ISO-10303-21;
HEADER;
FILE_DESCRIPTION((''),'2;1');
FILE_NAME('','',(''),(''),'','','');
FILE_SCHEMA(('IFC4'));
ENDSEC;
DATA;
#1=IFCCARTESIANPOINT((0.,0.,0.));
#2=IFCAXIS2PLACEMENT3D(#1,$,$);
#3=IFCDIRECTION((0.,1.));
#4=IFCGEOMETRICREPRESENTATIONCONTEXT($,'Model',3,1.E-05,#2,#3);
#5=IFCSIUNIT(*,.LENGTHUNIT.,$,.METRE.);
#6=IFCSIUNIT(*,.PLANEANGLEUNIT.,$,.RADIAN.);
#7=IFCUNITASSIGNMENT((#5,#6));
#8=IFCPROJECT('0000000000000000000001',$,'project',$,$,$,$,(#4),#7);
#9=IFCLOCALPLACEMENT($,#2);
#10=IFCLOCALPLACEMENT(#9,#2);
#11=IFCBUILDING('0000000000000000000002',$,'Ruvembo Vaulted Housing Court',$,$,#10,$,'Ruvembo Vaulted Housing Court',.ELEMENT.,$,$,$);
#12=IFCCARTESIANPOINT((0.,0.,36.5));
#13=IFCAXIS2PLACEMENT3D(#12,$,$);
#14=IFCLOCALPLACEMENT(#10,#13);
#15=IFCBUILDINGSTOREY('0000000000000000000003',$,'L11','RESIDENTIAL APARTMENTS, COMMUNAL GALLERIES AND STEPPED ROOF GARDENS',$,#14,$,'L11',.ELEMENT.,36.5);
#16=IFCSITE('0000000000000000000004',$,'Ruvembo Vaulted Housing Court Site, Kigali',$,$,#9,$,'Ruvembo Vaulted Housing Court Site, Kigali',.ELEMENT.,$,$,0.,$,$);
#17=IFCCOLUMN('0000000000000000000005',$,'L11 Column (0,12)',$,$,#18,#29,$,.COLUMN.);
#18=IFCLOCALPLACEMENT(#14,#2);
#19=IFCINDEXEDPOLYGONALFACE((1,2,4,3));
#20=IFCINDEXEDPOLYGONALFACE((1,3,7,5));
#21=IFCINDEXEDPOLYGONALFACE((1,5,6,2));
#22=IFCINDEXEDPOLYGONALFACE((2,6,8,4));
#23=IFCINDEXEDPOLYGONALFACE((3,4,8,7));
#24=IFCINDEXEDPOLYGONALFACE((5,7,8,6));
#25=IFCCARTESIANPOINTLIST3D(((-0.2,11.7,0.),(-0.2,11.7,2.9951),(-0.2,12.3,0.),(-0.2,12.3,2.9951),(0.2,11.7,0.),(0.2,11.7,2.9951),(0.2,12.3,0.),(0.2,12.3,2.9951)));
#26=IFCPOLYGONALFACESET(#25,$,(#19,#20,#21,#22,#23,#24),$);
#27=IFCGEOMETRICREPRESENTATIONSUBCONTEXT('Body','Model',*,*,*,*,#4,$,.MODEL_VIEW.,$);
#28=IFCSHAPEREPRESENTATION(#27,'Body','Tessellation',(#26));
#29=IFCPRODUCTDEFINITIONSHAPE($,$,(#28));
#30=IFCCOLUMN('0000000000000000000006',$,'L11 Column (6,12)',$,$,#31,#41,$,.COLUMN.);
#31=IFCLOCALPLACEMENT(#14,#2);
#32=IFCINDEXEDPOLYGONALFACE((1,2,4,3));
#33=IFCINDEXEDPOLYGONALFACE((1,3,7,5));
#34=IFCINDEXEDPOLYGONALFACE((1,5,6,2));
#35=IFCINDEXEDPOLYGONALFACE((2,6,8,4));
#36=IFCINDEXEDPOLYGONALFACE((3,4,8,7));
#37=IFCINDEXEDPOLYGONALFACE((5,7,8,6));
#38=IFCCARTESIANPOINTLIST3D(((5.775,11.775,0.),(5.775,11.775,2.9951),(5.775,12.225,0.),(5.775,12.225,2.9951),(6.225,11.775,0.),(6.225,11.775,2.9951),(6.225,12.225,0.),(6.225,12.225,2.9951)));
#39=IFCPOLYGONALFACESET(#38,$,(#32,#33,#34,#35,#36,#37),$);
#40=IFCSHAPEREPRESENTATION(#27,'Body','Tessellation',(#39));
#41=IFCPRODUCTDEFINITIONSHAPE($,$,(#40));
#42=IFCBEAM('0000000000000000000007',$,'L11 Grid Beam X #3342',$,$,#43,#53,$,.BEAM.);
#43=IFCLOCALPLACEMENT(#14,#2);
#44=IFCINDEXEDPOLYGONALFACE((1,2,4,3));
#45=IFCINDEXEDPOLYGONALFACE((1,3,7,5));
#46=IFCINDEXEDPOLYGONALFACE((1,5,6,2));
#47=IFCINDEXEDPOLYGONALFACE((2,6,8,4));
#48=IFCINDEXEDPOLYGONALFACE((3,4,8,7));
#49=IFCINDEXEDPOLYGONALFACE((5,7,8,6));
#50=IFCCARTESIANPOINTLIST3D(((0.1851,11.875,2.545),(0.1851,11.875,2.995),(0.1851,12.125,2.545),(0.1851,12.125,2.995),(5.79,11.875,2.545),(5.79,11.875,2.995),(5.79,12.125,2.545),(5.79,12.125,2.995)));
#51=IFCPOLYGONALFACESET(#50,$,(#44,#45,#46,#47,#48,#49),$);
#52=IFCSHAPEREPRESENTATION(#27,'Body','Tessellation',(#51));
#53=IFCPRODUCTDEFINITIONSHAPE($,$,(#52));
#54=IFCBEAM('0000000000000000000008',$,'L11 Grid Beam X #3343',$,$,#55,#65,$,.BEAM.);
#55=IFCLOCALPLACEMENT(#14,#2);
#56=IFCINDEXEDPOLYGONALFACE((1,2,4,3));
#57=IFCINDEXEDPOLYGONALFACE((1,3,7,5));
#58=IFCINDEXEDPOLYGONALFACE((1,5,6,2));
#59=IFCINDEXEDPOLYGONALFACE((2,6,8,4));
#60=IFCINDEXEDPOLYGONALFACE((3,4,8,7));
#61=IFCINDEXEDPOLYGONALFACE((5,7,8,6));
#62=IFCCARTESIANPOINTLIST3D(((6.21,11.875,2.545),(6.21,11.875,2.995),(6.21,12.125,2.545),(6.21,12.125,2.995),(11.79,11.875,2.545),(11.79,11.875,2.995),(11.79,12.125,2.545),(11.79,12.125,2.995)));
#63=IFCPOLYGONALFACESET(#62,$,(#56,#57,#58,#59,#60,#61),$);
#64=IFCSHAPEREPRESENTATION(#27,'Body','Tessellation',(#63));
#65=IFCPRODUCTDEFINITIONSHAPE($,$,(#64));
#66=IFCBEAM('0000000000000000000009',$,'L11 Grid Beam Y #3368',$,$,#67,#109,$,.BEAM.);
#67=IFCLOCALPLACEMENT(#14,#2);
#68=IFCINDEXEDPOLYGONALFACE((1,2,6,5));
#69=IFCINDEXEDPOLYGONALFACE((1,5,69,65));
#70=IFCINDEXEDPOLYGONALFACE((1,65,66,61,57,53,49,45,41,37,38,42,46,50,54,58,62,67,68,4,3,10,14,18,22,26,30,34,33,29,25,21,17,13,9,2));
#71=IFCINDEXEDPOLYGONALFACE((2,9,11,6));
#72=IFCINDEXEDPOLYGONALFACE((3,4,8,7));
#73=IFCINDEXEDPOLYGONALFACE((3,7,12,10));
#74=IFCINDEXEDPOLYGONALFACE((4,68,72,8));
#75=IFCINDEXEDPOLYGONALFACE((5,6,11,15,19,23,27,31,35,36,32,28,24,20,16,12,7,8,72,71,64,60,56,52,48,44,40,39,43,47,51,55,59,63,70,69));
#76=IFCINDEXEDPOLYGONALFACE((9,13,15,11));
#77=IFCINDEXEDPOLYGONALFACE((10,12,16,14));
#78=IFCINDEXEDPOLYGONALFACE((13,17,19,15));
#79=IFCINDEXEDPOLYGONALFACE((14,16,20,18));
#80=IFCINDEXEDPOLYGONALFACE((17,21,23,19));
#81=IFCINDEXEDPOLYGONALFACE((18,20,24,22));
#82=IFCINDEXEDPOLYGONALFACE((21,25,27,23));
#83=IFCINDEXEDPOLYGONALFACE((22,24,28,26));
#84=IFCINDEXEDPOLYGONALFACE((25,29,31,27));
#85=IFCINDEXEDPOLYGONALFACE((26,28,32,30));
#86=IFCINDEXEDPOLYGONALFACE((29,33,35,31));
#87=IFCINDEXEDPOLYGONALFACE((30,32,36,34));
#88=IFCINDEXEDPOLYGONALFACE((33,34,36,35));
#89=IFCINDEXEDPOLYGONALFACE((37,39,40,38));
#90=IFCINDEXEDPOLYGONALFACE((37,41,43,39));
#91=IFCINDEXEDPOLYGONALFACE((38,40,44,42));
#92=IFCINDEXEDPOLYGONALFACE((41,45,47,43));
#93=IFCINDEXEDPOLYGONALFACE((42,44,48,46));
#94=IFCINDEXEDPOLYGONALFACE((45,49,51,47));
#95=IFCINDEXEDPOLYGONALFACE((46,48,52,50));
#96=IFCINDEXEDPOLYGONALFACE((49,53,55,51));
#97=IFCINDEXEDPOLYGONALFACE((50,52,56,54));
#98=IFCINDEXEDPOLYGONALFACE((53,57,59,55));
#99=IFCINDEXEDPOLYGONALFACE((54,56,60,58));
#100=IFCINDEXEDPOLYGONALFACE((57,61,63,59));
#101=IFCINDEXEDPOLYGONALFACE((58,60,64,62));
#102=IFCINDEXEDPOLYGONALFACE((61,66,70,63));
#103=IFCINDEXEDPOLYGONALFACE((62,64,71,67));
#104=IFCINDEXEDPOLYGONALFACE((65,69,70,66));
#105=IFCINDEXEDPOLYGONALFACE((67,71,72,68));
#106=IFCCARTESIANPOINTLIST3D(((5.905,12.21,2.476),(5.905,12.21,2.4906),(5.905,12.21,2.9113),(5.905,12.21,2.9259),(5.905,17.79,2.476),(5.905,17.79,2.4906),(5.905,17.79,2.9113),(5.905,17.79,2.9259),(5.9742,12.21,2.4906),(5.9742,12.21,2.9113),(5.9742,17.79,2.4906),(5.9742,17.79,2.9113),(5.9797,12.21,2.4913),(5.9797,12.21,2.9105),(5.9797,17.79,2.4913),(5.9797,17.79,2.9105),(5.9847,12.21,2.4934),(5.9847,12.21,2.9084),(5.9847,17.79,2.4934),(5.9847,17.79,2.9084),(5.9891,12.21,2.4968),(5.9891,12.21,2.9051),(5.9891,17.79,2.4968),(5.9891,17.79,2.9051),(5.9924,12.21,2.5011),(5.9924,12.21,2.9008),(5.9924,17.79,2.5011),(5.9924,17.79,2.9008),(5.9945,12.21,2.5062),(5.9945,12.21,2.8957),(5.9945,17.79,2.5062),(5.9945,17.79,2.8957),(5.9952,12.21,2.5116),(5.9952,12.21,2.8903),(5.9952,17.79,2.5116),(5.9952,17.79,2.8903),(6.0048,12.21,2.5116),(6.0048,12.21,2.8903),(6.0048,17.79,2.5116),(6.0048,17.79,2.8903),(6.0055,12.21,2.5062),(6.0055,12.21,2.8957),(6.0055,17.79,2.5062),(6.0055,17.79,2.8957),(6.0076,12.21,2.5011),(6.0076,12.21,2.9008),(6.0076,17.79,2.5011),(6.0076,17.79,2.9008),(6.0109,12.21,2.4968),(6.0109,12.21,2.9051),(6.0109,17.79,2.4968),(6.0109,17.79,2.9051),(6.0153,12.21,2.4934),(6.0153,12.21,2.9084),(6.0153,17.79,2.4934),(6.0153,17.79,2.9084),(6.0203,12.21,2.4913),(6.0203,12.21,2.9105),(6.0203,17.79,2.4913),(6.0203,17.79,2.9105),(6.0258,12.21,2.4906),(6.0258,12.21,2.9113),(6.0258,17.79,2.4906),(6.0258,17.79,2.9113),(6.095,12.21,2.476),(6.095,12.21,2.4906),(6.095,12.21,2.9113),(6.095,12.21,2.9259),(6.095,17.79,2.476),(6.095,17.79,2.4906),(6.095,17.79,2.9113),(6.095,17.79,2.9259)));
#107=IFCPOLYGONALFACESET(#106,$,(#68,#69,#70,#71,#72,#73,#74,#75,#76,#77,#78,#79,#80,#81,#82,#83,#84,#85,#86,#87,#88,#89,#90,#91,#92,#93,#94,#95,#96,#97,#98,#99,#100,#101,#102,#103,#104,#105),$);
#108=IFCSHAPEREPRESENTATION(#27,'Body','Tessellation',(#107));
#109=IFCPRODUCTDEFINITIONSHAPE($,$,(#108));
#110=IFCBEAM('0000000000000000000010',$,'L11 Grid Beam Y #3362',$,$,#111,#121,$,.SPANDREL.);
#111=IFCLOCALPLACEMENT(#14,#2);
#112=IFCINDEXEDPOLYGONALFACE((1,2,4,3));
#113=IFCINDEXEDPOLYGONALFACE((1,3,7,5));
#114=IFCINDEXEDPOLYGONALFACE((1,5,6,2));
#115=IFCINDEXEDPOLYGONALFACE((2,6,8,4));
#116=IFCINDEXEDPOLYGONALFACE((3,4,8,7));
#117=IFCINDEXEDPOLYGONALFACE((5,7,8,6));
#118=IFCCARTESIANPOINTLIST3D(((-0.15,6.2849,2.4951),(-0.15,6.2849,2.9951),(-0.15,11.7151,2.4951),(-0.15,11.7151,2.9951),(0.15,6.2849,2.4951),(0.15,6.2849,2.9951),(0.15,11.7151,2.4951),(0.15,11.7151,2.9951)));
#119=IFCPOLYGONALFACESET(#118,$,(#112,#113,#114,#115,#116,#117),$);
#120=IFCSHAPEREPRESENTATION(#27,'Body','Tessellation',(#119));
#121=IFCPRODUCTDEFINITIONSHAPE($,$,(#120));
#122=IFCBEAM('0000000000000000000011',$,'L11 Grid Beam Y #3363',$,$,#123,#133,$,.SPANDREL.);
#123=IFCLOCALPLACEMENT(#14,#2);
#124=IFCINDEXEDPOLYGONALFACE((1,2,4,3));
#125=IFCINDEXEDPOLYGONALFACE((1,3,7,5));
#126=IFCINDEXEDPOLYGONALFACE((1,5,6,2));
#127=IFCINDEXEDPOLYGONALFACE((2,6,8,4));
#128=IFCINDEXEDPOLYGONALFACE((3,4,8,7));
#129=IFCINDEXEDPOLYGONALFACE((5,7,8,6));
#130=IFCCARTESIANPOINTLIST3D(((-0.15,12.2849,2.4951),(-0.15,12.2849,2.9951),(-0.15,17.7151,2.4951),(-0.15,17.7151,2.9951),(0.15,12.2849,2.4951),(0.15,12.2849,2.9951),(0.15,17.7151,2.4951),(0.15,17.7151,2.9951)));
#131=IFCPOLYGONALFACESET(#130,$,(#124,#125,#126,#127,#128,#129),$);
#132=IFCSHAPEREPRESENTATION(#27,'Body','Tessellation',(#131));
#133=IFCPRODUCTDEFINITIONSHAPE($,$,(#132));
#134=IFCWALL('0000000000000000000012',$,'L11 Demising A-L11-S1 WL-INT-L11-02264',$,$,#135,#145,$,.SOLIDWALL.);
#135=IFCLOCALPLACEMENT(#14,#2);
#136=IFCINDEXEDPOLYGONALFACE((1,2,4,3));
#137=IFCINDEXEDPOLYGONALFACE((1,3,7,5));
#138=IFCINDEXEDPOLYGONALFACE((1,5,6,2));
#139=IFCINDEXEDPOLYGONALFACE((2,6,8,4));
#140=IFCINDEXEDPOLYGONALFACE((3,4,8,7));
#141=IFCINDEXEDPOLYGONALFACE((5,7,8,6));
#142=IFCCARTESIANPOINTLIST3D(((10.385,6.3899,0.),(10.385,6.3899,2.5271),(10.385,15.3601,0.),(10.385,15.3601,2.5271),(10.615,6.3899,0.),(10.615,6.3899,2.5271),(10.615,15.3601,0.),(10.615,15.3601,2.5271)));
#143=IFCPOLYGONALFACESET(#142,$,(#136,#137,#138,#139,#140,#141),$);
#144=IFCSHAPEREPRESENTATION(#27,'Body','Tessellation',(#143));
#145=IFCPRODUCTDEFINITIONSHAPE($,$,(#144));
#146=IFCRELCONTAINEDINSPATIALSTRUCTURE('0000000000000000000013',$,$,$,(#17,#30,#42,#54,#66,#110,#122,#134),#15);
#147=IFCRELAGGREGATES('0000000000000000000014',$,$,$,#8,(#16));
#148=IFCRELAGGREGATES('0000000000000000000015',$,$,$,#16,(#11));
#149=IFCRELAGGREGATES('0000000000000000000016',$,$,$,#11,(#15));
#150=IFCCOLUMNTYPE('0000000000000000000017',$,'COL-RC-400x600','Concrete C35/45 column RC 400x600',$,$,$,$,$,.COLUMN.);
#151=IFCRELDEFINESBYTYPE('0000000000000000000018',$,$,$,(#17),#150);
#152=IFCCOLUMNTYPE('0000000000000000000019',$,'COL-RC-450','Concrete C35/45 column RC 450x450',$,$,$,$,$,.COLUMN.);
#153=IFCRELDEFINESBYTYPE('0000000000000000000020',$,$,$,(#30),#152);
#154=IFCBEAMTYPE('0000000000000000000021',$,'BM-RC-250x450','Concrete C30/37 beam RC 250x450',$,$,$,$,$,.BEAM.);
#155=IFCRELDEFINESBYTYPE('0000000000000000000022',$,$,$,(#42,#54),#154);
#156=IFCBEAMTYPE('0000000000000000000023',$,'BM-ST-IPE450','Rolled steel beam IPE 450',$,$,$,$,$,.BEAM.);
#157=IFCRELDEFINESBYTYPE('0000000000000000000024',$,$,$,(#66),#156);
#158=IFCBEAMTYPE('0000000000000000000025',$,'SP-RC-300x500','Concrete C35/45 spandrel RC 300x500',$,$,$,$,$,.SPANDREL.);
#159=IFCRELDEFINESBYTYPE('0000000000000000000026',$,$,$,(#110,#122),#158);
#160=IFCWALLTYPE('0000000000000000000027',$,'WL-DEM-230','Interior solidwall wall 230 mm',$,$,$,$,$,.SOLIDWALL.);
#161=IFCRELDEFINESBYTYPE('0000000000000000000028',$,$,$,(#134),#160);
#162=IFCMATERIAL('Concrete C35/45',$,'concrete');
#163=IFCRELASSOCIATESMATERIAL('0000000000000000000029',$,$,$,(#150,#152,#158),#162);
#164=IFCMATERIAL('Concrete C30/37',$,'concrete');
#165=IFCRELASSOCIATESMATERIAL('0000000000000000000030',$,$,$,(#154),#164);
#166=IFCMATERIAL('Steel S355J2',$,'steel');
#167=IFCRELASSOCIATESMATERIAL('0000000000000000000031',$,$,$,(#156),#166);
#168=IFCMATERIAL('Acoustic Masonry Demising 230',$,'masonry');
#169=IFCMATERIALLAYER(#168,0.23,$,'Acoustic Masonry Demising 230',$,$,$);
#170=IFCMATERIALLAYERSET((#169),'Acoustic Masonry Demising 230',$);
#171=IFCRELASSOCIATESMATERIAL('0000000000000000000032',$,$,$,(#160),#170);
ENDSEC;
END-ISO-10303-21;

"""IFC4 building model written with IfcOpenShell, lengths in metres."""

from ifc_helpers import new_model, si_unit, direction, frame, frame_2d, origin, origin_2d, place, context, subcontext, project, spatial, rectangle, i_section, extrude, material, layer, layer_set, material_profile, profile_set, type_object, element, save


model = new_model("IFC4")

# Units and contexts
model_context = context("Model", 3, precision=1e-05, world=origin(), true_north=direction((0.0, 1.0)))
body_context = subcontext(model_context, "Body", "Model", "MODEL_VIEW")
ifc_project = project(units=[si_unit("LENGTHUNIT", "METRE"), si_unit("PLANEANGLEUNIT", "RADIAN")], contexts=[model_context])

# Site, building, storey
site_placement = place(None, origin())
site = spatial("IfcSite", under=ifc_project, at=site_placement, Name="Ruvembo Vaulted Housing Court Site, Kigali", LongName="Ruvembo Vaulted Housing Court Site, Kigali", CompositionType="ELEMENT", RefElevation=0.0)
building_placement = place(site_placement, origin())
building = spatial("IfcBuilding", under=site, at=building_placement, Name="Ruvembo Vaulted Housing Court", LongName="Ruvembo Vaulted Housing Court", CompositionType="ELEMENT")
storey_placement = place(building_placement, frame((0.0, 0.0, 36.5)))
storey = spatial("IfcBuildingStorey", under=building, at=storey_placement, Name="L11", Description="RESIDENTIAL APARTMENTS, COMMUNAL GALLERIES AND STEPPED ROOF GARDENS", LongName="L11", CompositionType="ELEMENT", Elevation=36.5)

# Columns
ifc_material_1 = material(Name="Concrete C35/45", Category="concrete")
ifc_material_profile_1 = material_profile(ifc_material_1, rectangle(XDim=0.3999, YDim=0.6001, at=origin_2d()), Name="RC 400x600")
ifc_profile_set_1 = profile_set([ifc_material_profile_1], Name="Concrete C35/45")
column_type_1 = type_object("IfcColumnType", Name="COL-RC-400x600", Description="Concrete C35/45 column RC 400x600", PredefinedType="COLUMN", material=ifc_profile_set_1)
column_1_placement = place(storey_placement, frame((0.0, 12.0, 0.0), z_axis=(0.0, 0.0, 1.0), x_axis=(1.0, 0.0, 0.0)))
element("IfcColumn", 1, at=column_1_placement, inside=storey, type_object=column_type_1, Name="L11 Column (0,12)", PredefinedType="COLUMN", context=body_context, shape_type="SweptSolid", body=[
    extrude(rectangle(XDim=0.3999, YDim=0.6001, at=origin_2d()), origin(), (0.0, 0.0, 1.0), 2.9951),
])
ifc_material_profile_2 = material_profile(ifc_material_1, rectangle(XDim=0.45, YDim=0.45, at=origin_2d()), Name="RC 450x450")
ifc_profile_set_2 = profile_set([ifc_material_profile_2], Name="Concrete C35/45")
column_type_2 = type_object("IfcColumnType", Name="COL-RC-450", Description="Concrete C35/45 column RC 450x450", PredefinedType="COLUMN", material=ifc_profile_set_2)
column_2_placement = place(storey_placement, frame((6.0, 12.0, 0.0), z_axis=(0.0, 0.0, 1.0), x_axis=(1.0, 0.0, 0.0)))
element("IfcColumn", 2, at=column_2_placement, inside=storey, type_object=column_type_2, Name="L11 Column (6,12)", PredefinedType="COLUMN", context=body_context, shape_type="SweptSolid", body=[
    extrude(rectangle(XDim=0.45, YDim=0.45, at=origin_2d()), origin(), (0.0, 0.0, 1.0), 2.9951),
])

# Beams
ifc_material_2 = material(Name="Concrete C30/37", Category="concrete")
ifc_material_profile_3 = material_profile(ifc_material_2, rectangle(XDim=0.25, YDim=0.45, at=origin_2d()), Name="RC 250x450")
ifc_profile_set_3 = profile_set([ifc_material_profile_3], Name="Concrete C30/37")
beam_type_1 = type_object("IfcBeamType", Name="BM-RC-250x450", Description="Concrete C30/37 beam RC 250x450", PredefinedType="BEAM", material=ifc_profile_set_3)
beam_1_placement = place(storey_placement, frame((0.1851, 12.0, 2.77), z_axis=(1.0, 0.0, 0.0), x_axis=(0.0, 1.0, 0.0)))
element("IfcBeam", 3, at=beam_1_placement, inside=storey, type_object=beam_type_1, Name="L11 Grid Beam X #3342", PredefinedType="BEAM", context=body_context, shape_type="SweptSolid", body=[
    extrude(rectangle(XDim=0.25, YDim=0.45, at=origin_2d()), origin(), (0.0, 0.0, 1.0), 5.605),
])
beam_2_placement = place(storey_placement, frame((6.21, 12.0, 2.77), z_axis=(1.0, 0.0, 0.0), x_axis=(0.0, 1.0, 0.0)))
element("IfcBeam", 4, at=beam_2_placement, inside=storey, type_object=beam_type_1, Name="L11 Grid Beam X #3343", PredefinedType="BEAM", context=body_context, shape_type="SweptSolid", body=[
    extrude(rectangle(XDim=0.25, YDim=0.45, at=origin_2d()), origin(), (0.0, 0.0, 1.0), 5.5801),
])
ifc_material_3 = material(Name="Steel S355J2", Category="steel")
ifc_material_profile_4 = material_profile(ifc_material_3, i_section(OverallWidth=0.1899, OverallDepth=0.45, WebThickness=0.0095, FlangeThickness=0.0146, FilletRadius=0.021, at=origin_2d()), Name="IPE 450")
ifc_profile_set_4 = profile_set([ifc_material_profile_4], Name="Steel S355J2")
beam_type_2 = type_object("IfcBeamType", Name="BM-ST-IPE450", Description="Rolled steel beam IPE 450", PredefinedType="BEAM", material=ifc_profile_set_4)
beam_3_placement = place(storey_placement, frame((6.0, 12.21, 2.7009), z_axis=(0.0, 1.0, 0.0), x_axis=(-1.0, 0.0, 0.0)))
element("IfcBeam", 5, at=beam_3_placement, inside=storey, type_object=beam_type_2, Name="L11 Grid Beam Y #3368", PredefinedType="BEAM", context=body_context, shape_type="SweptSolid", body=[
    extrude(i_section(OverallWidth=0.1899, OverallDepth=0.45, WebThickness=0.0095, FlangeThickness=0.0146, FilletRadius=0.021, at=origin_2d()), origin(), (0.0, 0.0, 1.0), 5.5801),
])
ifc_material_profile_5 = material_profile(ifc_material_1, rectangle(XDim=0.3, YDim=0.5, at=origin_2d()), Name="RC 300x500")
ifc_profile_set_5 = profile_set([ifc_material_profile_5], Name="Concrete C35/45")
beam_type_3 = type_object("IfcBeamType", Name="SP-RC-300x500", Description="Concrete C35/45 spandrel RC 300x500", PredefinedType="SPANDREL", material=ifc_profile_set_5)
for number, where, z_axis, x_axis, name in (
    (6, (0.0, 6.2849, 2.7451), (0.0, 1.0, 0.0), (-1.0, 0.0, 0.0), "L11 Grid Beam Y #3362"),
    (7, (0.0, 12.2849, 2.7451), (0.0, 1.0, 0.0), (-1.0, 0.0, 0.0), "L11 Grid Beam Y #3363"),
):
    element("IfcBeam", number, at=place(storey_placement, frame(where, z_axis=z_axis, x_axis=x_axis)), inside=storey, type_object=beam_type_3, Name=name, PredefinedType="SPANDREL", context=body_context, shape_type="SweptSolid", body=[
        extrude(rectangle(XDim=0.3, YDim=0.5, at=origin_2d()), origin(), (0.0, 0.0, 1.0), 5.4302),
    ])

# Wall
ifc_material_4 = material(Name="Acoustic Masonry Demising 230", Category="masonry")
ifc_layer_1 = layer(ifc_material_4, 0.23, Name="Acoustic Masonry Demising 230")
ifc_layer_set_1 = layer_set([ifc_layer_1], Name="Acoustic Masonry Demising 230")
wall_type_1 = type_object("IfcWallType", Name="WL-DEM-230", Description="Interior solidwall wall 230 mm", PredefinedType="SOLIDWALL", material=ifc_layer_set_1)
wall_1_placement = place(storey_placement, frame((10.5, 6.3899, 0.0), z_axis=(0.0, 0.0, 1.0), x_axis=(0.0, 1.0, 0.0)))
element("IfcWall", 8, at=wall_1_placement, inside=storey, type_object=wall_type_1, Name="L11 Demising A-L11-S1 WL-INT-L11-02264", PredefinedType="SOLIDWALL", context=body_context, shape_type="SweptSolid", body=[
    extrude(rectangle(XDim=8.9702, YDim=0.23, at=frame_2d((4.4851, 0.0))), origin(), (0.0, 0.0, 1.0), 2.5271),
])

save(model, "model.ifc")
